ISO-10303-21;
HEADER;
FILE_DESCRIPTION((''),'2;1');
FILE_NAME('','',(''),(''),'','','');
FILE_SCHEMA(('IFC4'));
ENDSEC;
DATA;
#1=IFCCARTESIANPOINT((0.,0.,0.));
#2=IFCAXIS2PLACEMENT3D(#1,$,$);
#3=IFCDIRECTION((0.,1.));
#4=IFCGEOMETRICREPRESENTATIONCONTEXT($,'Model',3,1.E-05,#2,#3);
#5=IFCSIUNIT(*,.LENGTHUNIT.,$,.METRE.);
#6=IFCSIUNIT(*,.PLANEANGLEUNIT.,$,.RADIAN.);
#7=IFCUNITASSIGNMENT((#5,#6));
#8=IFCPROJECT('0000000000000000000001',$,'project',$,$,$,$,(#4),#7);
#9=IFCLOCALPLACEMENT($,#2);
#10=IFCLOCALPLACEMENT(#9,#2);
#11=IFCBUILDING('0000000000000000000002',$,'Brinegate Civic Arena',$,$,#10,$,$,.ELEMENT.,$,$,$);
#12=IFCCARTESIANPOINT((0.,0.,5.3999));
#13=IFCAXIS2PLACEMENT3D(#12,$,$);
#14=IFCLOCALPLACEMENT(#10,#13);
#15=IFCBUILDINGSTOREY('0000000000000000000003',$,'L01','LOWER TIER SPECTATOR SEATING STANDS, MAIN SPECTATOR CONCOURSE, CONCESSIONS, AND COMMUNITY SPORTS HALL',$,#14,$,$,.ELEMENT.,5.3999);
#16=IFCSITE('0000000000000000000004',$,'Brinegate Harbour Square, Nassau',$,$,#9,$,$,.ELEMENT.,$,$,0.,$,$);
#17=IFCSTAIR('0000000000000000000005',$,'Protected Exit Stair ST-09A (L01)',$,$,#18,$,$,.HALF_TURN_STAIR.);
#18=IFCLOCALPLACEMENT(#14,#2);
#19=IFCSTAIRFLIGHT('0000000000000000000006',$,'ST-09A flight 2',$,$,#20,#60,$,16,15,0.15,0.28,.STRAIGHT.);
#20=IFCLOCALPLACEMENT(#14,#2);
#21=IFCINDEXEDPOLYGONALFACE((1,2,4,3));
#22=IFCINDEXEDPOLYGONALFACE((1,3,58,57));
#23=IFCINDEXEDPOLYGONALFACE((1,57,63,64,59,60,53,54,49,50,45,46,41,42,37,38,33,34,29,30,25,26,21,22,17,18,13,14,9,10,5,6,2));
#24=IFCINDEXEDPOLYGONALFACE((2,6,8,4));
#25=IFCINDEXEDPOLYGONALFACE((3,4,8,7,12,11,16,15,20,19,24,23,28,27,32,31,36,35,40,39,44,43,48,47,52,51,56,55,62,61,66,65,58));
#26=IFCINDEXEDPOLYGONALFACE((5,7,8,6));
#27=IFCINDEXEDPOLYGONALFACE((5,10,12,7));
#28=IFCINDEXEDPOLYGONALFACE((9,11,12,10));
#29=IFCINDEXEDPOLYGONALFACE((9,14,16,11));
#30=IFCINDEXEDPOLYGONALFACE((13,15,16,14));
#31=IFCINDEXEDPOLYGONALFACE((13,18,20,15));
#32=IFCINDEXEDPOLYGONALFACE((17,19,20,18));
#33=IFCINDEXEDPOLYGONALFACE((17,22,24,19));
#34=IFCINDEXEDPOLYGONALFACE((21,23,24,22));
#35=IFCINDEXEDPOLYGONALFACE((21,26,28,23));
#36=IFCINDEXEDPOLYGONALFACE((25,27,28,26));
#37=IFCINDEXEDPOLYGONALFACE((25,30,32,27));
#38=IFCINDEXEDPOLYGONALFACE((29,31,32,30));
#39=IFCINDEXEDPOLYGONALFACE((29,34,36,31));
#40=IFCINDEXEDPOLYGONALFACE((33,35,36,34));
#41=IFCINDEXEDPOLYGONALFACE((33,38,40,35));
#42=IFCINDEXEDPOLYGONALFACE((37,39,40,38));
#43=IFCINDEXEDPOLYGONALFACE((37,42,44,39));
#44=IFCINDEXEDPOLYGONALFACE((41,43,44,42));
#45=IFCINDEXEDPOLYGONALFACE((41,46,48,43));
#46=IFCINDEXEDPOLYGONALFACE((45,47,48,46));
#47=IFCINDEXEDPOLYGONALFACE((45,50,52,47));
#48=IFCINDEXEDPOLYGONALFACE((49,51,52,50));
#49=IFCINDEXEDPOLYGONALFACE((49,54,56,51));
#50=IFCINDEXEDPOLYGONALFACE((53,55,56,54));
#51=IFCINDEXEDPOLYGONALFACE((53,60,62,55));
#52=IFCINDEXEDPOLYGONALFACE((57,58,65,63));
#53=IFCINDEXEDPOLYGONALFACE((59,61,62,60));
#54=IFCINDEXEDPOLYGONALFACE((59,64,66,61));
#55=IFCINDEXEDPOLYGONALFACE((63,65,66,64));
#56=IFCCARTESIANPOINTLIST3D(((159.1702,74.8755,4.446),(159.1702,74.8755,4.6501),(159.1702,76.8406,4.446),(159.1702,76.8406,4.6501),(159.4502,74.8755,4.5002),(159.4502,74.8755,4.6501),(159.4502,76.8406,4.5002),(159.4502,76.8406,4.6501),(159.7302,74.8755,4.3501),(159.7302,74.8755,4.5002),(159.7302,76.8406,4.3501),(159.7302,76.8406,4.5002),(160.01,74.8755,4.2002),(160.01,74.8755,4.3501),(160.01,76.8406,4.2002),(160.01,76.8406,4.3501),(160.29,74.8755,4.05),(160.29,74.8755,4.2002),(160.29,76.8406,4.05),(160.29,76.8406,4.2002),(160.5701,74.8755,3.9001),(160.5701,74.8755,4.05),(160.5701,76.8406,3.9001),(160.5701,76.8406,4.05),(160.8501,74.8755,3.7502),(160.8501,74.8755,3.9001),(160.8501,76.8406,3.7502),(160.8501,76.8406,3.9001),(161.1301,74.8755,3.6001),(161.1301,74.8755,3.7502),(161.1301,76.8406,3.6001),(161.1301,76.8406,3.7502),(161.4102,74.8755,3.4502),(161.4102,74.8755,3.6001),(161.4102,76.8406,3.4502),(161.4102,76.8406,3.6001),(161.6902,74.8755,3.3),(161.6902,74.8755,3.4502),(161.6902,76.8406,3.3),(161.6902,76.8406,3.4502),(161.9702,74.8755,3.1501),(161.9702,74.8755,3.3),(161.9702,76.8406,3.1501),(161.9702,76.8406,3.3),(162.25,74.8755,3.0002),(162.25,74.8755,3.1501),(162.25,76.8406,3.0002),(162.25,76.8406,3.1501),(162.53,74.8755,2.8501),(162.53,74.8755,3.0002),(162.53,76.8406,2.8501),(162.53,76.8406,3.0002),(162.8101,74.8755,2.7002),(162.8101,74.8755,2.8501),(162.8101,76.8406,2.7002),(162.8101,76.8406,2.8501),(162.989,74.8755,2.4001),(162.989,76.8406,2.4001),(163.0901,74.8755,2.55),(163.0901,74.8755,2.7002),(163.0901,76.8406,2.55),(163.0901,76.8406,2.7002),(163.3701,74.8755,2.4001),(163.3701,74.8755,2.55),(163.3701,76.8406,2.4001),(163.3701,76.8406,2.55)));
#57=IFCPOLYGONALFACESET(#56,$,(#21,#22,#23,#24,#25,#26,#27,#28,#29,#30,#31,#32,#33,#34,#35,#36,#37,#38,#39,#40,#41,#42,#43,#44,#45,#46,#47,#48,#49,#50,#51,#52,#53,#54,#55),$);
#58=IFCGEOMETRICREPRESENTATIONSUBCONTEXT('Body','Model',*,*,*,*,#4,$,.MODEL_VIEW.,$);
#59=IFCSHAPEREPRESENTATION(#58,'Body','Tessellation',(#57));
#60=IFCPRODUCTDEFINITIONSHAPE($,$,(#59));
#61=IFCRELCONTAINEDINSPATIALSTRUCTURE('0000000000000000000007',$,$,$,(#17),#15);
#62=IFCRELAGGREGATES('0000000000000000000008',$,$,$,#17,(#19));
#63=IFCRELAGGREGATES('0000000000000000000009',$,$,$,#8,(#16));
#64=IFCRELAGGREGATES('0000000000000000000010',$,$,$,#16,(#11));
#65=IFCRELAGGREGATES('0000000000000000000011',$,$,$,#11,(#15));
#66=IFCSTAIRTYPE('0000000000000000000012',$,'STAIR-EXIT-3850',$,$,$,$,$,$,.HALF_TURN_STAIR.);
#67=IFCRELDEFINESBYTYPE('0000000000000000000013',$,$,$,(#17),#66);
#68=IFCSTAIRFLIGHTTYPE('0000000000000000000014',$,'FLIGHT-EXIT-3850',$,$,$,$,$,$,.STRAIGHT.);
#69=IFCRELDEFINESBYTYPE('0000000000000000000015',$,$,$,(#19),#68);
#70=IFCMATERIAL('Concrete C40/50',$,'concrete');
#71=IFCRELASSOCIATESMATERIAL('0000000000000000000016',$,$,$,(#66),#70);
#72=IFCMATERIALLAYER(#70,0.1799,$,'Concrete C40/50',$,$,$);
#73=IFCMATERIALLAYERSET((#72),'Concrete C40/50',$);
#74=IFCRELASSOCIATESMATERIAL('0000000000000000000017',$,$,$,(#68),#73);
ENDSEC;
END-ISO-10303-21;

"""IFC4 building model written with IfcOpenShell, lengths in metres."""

from ifc_helpers import new_model, si_unit, direction, frame, origin, place, context, subcontext, project, spatial, polyline, outline, extrude, material, layer, layer_set, type_object, element, aggregate, save


model = new_model("IFC4")

# Units and contexts
model_context = context("Model", 3, precision=1e-05, world=origin(), true_north=direction((0.0, 1.0)))
body_context = subcontext(model_context, "Body", "Model", "MODEL_VIEW")
ifc_project = project(units=[si_unit("LENGTHUNIT", "METRE"), si_unit("PLANEANGLEUNIT", "RADIAN")], contexts=[model_context])

# Site, building, storey
site_placement = place(None, origin())
site = spatial("IfcSite", under=ifc_project, at=site_placement, Name="Brinegate Harbour Square, Nassau", CompositionType="ELEMENT", RefElevation=0.0)
building_placement = place(site_placement, origin())
building = spatial("IfcBuilding", under=site, at=building_placement, Name="Brinegate Civic Arena", CompositionType="ELEMENT")
storey_placement = place(building_placement, frame((0.0, 0.0, 5.3999)))
storey = spatial("IfcBuildingStorey", under=building, at=storey_placement, Name="L01", Description="LOWER TIER SPECTATOR SEATING STANDS, MAIN SPECTATOR CONCOURSE, CONCESSIONS, AND COMMUNITY SPORTS HALL", CompositionType="ELEMENT", Elevation=5.3999)

# Stair, stair flight
ifc_material_1 = material(Name="Concrete C40/50", Category="concrete")
stair_type_1 = type_object("IfcStairType", Name="STAIR-EXIT-3850", PredefinedType="HALF_TURN_STAIR", material=ifc_material_1)
stair_1_placement = place(storey_placement, origin())
stair_1 = element("IfcStair", 1, at=stair_1_placement, inside=storey, type_object=stair_type_1, Name="Protected Exit Stair ST-09A (L01)", PredefinedType="HALF_TURN_STAIR")
ifc_layer_1 = layer(ifc_material_1, 0.1799, Name="Concrete C40/50")
ifc_layer_set_1 = layer_set([ifc_layer_1], Name="Concrete C40/50")
stair_flight_type_1 = type_object("IfcStairFlightType", Name="FLIGHT-EXIT-3850", PredefinedType="STRAIGHT", material=ifc_layer_set_1)
stair_flight_1_placement = place(storey_placement, frame((163.3701, 75.8579, 2.4001), z_axis=(0.0, 0.0, 1.0), x_axis=(-1.0, 0.0, 0.0)))
stair_flight_1 = element("IfcStairFlight", 2, at=stair_flight_1_placement, type_object=stair_flight_type_1, Name="ST-09A flight 2", NumberOfRisers=16, NumberOfTreads=15, PredefinedType="STRAIGHT", RiserHeight=0.15, TreadLength=0.28, context=body_context, shape_type="SweptSolid", body=[
    extrude(outline(polyline([(0.0, 0.0), (0.0, 0.1499), (0.28, 0.1499), (0.28, 0.3), (0.5601, 0.3), (0.5601, 0.45), (0.8401, 0.45), (0.8401, 0.6001), (1.1201, 0.6001), (1.1201, 0.75), (1.3999, 0.75), (1.3999, 0.8999), (1.6799, 0.8999), (1.6799, 1.05), (1.96, 1.05), (1.96, 1.2), (2.24, 1.2), (2.24, 1.3501), (2.52, 1.3501), (2.52, 1.5), (2.8, 1.5), (2.8, 1.6499), (3.0801, 1.6499), (3.0801, 1.8), (3.3601, 1.8), (3.3601, 1.95), (3.6399, 1.95), (3.6399, 2.1001), (3.9199, 2.1001), (3.9199, 2.25), (4.2, 2.25), (4.2, 2.3999), (4.2, 2.0459), (0.3811, 0.0), (0.0, 0.0)])), frame((0.0, 0.9824, 0.0), z_axis=(0.0, -1.0, 0.0), x_axis=(1.0, 0.0, 0.0)), (0.0, 0.0, 1.0), 1.9651),
])
aggregate(stair_1, [stair_flight_1])

save(model, "model.ifc")
